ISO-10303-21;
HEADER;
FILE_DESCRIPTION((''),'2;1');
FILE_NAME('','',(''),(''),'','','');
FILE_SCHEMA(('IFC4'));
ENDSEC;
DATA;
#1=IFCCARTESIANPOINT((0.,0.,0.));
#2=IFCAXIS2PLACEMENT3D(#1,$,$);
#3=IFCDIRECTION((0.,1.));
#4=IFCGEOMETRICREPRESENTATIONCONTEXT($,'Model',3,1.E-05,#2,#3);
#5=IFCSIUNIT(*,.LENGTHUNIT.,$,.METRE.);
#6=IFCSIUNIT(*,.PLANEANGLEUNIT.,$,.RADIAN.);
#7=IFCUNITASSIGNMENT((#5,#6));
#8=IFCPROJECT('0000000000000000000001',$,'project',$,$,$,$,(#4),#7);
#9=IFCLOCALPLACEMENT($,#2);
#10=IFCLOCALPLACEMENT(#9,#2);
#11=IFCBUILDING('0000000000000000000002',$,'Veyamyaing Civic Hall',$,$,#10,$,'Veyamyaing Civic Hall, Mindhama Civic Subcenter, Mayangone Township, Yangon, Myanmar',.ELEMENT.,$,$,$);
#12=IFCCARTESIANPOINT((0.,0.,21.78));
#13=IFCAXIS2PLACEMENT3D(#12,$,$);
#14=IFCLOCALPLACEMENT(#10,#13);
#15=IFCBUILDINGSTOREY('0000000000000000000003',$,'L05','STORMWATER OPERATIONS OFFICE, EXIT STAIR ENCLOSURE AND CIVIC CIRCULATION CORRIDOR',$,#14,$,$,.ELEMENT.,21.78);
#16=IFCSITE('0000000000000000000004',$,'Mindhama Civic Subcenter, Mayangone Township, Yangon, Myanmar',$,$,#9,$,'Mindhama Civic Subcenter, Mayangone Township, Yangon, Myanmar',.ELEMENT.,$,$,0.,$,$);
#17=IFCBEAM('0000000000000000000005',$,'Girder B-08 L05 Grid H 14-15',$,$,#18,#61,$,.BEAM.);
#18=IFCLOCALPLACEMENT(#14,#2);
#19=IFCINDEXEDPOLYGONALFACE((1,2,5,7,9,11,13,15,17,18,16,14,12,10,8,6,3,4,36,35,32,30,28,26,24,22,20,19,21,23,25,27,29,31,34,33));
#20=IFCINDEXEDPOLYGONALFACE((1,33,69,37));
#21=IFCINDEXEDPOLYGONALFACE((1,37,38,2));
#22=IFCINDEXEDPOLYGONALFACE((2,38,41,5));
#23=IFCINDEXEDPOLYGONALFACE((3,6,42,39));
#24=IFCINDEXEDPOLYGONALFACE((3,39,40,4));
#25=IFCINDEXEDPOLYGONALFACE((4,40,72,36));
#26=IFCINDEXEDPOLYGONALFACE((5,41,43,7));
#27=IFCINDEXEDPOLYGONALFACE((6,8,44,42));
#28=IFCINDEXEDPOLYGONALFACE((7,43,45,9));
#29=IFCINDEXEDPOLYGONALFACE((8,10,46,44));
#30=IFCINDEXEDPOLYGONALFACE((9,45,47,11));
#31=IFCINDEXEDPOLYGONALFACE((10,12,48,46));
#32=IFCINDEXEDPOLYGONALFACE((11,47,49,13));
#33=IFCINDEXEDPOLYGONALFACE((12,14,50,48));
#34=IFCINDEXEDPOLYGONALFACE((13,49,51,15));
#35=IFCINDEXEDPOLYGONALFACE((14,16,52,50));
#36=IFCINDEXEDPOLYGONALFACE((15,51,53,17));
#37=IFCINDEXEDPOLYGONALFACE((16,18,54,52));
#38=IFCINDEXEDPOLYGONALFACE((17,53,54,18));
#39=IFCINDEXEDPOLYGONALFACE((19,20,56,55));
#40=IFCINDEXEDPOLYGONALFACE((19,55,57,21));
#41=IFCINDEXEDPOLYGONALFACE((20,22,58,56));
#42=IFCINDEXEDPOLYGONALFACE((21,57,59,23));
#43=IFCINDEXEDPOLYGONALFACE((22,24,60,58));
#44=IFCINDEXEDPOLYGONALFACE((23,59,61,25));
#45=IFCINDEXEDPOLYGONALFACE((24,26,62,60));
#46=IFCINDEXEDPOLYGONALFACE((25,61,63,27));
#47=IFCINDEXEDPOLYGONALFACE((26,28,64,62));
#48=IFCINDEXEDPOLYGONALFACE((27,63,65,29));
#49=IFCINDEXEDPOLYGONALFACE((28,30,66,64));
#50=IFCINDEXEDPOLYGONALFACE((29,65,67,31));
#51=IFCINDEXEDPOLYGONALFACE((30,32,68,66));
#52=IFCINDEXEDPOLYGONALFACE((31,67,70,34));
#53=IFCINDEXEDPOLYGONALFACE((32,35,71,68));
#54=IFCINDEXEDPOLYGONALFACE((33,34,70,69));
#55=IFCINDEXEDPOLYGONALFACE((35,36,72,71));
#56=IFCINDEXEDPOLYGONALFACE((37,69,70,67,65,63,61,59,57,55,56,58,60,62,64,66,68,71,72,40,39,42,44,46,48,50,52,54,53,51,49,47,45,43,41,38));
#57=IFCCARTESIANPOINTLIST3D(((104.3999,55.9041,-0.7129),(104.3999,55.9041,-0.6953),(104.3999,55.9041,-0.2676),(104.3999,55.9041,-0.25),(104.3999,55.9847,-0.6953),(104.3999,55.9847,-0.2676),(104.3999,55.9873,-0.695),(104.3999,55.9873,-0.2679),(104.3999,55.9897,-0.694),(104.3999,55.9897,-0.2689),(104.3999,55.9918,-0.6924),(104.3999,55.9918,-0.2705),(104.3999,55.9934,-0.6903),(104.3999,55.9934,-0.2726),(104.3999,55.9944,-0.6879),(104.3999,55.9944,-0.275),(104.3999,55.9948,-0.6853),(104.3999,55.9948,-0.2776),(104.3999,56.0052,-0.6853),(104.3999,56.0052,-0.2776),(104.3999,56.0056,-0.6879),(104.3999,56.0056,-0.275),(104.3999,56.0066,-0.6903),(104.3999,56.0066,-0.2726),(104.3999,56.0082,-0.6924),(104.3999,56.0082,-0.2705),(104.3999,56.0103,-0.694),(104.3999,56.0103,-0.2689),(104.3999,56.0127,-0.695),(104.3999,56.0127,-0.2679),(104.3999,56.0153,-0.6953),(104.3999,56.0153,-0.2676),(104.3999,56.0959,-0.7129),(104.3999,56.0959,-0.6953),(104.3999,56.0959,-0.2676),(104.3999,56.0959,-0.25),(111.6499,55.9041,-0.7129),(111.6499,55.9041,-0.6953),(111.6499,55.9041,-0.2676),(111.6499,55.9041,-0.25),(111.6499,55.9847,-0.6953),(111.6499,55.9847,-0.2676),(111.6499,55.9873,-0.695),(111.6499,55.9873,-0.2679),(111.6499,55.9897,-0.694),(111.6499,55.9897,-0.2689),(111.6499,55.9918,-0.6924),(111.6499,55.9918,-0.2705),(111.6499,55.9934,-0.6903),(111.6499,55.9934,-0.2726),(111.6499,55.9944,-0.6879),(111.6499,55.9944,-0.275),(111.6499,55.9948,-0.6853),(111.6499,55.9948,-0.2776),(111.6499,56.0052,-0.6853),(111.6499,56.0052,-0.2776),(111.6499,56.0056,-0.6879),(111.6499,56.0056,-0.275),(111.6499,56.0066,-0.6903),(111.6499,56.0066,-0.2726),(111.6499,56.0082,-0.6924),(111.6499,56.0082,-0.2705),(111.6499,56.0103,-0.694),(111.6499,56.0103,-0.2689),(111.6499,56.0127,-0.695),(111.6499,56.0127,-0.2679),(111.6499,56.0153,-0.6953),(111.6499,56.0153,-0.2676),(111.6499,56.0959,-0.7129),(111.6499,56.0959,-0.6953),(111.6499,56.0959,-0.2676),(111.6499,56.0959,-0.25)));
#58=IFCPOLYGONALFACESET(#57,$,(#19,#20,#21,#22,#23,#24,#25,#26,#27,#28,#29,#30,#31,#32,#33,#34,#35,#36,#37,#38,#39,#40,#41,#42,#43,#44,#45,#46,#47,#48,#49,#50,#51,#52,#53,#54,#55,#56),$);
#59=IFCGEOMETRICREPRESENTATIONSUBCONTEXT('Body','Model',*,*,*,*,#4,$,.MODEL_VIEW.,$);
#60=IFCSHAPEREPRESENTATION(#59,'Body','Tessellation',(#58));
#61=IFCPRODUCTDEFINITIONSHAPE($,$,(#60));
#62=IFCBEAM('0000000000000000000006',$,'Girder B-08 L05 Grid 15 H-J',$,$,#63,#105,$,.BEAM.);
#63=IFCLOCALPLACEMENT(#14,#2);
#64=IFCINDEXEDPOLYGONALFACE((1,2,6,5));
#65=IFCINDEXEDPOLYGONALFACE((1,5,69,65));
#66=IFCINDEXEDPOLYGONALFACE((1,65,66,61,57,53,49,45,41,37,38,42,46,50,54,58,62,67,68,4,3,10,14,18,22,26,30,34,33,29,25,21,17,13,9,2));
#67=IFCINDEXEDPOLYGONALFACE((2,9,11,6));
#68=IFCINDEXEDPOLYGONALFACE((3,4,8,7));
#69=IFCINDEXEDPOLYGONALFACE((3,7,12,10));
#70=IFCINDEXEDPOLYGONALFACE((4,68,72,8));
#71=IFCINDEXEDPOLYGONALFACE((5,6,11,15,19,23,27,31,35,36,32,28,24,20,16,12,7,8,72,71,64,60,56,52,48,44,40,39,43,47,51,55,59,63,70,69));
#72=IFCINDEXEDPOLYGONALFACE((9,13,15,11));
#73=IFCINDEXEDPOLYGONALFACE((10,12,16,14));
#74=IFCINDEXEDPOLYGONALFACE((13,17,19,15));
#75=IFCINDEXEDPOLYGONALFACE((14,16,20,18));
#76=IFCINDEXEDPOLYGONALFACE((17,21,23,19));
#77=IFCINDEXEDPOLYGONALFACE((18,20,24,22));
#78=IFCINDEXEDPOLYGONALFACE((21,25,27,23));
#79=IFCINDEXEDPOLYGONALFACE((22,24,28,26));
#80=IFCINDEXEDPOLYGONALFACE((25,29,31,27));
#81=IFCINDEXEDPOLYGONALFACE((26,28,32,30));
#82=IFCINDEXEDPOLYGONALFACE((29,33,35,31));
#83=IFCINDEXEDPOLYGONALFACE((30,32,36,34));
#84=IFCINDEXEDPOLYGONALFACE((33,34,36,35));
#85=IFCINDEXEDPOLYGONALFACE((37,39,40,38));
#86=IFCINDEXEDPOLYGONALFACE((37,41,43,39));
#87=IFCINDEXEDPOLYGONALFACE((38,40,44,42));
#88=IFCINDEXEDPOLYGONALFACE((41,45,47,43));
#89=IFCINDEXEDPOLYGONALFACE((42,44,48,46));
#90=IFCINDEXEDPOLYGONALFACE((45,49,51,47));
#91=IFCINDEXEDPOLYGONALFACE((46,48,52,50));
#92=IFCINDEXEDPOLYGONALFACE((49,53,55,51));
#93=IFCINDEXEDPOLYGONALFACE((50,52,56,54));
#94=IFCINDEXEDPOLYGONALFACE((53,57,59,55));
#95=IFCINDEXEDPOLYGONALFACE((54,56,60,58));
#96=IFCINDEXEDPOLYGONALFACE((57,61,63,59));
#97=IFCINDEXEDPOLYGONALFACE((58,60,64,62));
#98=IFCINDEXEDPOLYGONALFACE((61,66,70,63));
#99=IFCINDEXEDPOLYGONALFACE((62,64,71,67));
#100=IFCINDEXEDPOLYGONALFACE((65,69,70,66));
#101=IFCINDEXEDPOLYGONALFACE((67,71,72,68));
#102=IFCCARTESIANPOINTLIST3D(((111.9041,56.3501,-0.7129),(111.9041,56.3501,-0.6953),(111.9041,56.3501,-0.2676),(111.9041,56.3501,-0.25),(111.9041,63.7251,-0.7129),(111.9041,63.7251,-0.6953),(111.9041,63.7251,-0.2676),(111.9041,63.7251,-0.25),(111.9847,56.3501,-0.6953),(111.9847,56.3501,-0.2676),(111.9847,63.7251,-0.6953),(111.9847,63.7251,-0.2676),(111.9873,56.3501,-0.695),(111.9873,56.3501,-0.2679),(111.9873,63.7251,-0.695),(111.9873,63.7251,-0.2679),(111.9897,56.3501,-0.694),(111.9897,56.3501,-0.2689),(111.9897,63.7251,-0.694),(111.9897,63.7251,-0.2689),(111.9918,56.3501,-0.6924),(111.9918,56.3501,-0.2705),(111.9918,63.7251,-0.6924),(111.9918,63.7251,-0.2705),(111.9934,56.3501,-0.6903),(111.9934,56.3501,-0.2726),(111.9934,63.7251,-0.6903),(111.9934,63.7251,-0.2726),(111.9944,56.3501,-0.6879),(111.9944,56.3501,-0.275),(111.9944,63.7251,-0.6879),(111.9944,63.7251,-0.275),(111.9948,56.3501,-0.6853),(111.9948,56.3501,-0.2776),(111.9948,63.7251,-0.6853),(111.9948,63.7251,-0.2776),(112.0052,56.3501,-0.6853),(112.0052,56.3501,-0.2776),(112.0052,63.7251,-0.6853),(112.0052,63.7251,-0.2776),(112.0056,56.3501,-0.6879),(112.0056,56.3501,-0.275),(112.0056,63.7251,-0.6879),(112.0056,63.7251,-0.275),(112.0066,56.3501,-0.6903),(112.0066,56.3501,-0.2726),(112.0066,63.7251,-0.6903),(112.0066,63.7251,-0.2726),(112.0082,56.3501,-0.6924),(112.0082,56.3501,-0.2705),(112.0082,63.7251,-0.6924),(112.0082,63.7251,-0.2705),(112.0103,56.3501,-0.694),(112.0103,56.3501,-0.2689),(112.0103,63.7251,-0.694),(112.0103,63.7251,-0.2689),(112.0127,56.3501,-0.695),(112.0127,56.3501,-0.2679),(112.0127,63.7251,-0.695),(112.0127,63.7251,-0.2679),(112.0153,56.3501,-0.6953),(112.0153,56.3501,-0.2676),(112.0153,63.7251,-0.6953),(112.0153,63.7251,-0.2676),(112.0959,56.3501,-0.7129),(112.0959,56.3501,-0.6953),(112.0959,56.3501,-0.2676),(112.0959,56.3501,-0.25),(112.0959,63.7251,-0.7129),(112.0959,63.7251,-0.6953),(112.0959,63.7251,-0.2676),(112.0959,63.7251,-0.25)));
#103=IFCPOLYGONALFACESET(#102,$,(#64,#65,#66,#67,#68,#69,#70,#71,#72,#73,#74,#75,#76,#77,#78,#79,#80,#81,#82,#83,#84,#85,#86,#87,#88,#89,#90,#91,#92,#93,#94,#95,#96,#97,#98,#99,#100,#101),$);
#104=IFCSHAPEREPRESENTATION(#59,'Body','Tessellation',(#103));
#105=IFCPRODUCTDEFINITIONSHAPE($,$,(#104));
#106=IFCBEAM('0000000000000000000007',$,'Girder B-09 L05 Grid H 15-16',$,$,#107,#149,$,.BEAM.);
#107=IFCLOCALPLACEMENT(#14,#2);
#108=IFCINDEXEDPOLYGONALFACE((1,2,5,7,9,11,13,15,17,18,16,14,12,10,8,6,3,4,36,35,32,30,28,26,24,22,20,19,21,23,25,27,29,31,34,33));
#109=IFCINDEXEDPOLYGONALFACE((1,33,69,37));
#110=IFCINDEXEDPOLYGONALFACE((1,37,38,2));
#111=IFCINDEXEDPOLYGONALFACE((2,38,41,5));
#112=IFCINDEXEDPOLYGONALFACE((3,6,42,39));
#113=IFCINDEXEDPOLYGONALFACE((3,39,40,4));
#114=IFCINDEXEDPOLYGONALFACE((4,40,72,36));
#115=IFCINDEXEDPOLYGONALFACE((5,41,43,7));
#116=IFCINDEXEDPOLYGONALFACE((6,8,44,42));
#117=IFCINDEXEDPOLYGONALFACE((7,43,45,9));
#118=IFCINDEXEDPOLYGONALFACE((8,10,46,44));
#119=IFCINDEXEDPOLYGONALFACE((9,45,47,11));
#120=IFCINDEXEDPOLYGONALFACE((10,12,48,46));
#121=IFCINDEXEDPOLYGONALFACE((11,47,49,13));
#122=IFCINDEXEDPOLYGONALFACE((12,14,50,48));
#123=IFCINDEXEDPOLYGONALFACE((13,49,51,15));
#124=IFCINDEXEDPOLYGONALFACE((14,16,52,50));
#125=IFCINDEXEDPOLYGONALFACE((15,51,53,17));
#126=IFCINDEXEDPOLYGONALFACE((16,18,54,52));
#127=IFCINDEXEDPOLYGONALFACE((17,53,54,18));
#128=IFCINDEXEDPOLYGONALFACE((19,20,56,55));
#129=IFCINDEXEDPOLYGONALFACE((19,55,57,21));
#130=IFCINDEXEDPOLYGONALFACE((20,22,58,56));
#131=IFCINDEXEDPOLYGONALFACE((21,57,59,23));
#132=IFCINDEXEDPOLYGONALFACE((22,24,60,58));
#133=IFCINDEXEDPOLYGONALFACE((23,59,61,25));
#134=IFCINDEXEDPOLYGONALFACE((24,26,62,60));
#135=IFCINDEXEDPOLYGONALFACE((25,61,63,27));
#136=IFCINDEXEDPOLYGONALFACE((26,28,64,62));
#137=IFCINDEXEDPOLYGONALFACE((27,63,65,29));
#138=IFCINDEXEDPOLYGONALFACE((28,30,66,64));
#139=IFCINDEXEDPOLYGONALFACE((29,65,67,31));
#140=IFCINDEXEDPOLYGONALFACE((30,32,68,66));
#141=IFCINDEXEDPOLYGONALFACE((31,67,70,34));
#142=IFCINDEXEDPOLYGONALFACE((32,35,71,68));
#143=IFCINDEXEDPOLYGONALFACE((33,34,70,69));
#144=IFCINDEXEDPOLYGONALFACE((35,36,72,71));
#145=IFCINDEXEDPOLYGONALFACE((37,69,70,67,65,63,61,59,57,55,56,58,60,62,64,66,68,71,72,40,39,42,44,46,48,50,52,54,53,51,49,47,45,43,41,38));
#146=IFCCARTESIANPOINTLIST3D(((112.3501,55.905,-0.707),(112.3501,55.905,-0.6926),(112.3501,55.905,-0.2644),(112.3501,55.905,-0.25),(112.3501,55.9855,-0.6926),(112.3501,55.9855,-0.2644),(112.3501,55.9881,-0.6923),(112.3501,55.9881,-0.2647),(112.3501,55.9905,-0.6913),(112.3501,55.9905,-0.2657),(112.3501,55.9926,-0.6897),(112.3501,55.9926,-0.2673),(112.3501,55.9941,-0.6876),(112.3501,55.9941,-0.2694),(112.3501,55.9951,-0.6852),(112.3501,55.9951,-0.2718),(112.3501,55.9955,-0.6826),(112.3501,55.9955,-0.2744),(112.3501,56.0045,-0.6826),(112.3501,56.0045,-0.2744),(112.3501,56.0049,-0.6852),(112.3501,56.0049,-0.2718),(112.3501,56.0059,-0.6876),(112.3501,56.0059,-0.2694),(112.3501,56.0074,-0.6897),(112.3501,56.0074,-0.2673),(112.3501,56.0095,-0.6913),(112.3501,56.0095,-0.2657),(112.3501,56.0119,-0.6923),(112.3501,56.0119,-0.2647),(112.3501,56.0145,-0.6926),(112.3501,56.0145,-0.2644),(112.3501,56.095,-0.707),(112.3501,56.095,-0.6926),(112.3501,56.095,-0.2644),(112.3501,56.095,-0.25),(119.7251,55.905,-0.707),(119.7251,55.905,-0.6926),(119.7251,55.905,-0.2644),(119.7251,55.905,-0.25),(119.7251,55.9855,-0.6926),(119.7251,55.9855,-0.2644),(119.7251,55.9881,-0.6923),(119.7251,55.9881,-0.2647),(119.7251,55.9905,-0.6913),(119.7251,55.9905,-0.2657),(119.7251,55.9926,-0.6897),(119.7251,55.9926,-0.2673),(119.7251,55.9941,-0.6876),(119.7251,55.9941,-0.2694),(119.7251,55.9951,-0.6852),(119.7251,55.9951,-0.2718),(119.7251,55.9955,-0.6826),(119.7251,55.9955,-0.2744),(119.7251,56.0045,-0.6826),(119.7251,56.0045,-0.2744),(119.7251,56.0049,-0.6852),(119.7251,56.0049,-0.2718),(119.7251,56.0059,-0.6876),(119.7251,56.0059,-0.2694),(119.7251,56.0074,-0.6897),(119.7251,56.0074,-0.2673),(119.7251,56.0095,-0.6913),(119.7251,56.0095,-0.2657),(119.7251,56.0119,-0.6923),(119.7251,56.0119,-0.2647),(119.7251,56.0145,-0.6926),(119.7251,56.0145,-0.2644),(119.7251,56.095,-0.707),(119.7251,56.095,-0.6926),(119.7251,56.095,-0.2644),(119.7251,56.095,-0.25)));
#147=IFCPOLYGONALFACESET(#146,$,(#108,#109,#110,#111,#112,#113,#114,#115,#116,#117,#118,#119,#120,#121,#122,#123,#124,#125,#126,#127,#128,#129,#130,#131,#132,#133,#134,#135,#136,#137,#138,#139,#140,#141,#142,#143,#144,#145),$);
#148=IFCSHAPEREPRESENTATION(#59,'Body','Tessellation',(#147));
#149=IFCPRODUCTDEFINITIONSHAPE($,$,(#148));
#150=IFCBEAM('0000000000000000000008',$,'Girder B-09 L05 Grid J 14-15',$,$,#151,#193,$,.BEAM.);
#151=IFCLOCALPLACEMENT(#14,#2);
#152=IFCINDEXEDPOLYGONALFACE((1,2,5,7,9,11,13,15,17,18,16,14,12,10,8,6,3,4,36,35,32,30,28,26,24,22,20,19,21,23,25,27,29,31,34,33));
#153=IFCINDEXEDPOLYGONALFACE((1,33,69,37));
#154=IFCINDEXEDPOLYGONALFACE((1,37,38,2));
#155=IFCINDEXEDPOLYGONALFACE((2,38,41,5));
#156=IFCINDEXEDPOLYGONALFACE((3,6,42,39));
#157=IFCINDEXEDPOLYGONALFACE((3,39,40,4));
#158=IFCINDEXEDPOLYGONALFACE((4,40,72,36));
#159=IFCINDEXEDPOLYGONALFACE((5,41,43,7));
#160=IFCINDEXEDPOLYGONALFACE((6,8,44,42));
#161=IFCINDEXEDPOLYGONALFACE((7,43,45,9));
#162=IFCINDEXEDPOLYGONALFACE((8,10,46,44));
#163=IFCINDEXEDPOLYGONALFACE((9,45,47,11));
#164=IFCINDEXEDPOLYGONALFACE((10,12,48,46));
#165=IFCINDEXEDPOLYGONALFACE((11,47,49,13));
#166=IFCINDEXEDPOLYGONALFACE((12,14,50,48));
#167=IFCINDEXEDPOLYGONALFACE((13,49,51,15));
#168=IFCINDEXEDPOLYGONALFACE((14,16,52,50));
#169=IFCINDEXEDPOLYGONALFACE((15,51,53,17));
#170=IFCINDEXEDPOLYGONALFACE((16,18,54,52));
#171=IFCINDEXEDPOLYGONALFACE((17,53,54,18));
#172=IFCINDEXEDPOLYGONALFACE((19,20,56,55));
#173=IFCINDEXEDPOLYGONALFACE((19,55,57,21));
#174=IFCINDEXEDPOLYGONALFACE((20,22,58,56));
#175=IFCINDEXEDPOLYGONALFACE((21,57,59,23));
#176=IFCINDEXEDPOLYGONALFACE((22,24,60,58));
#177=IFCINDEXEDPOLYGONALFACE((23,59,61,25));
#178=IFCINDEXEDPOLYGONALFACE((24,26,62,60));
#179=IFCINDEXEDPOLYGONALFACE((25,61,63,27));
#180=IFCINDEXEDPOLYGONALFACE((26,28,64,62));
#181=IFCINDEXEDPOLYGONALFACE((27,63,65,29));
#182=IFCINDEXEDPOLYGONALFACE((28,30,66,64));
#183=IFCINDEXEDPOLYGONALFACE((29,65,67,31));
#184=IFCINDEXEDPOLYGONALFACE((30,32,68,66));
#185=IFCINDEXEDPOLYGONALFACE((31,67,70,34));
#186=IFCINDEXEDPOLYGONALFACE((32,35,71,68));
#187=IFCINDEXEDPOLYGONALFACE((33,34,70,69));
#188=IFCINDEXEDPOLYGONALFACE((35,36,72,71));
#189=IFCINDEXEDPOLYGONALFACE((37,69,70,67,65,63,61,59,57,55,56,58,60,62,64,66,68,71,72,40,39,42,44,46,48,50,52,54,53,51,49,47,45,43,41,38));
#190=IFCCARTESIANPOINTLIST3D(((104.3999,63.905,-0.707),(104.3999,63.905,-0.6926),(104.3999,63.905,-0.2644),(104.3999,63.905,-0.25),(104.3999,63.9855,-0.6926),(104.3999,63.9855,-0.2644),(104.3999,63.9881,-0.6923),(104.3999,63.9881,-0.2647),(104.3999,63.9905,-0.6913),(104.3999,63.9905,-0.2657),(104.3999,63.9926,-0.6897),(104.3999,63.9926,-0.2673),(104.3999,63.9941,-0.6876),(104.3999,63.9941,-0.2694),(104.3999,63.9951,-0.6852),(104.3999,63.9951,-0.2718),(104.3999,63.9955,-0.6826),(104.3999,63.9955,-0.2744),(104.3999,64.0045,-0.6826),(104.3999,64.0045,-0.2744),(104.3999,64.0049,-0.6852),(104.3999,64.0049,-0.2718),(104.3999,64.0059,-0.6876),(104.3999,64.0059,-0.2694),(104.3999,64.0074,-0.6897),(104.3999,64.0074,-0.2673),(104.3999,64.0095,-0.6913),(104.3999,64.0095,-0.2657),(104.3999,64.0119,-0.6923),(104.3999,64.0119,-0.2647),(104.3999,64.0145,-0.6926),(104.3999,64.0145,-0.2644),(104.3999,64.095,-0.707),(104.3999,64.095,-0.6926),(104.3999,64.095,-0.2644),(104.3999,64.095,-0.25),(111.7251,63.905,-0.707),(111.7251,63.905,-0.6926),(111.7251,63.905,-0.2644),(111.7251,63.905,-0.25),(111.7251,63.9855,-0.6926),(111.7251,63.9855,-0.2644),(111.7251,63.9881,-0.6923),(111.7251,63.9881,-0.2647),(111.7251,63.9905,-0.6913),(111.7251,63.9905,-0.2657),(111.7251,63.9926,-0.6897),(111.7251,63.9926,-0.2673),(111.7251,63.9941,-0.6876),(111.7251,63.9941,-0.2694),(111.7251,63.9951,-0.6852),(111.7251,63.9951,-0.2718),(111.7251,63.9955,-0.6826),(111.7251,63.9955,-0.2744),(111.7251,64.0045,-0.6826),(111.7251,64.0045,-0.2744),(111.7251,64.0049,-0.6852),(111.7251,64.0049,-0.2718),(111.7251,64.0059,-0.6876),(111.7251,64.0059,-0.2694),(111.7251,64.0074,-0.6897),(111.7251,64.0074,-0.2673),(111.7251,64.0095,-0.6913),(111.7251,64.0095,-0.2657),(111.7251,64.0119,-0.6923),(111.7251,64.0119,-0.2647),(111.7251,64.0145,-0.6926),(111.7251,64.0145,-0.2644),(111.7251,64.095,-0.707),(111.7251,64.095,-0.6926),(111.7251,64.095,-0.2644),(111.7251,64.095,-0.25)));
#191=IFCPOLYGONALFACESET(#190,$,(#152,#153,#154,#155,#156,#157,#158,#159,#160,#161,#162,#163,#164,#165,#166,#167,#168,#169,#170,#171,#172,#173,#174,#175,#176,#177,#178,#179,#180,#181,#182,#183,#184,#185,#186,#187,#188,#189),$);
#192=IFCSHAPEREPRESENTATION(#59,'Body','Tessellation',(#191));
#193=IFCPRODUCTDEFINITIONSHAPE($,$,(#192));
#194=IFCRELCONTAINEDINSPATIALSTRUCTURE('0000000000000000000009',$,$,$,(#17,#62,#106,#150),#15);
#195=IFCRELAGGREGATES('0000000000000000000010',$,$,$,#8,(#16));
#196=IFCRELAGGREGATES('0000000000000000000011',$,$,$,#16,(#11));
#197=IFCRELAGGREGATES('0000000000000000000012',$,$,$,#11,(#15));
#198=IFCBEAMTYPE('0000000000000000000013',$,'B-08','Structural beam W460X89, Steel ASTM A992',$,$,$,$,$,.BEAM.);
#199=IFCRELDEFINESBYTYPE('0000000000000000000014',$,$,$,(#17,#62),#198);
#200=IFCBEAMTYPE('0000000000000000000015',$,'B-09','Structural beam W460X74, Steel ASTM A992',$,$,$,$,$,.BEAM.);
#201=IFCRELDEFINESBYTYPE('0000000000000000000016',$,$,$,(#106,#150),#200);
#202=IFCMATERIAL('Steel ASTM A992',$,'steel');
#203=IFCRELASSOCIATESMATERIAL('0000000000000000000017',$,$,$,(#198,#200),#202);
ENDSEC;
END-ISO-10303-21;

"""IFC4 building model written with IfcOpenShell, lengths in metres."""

from ifc_helpers import new_model, si_unit, direction, frame, origin, origin_2d, place, context, subcontext, project, spatial, i_section, extrude, material, material_profile, profile_set, type_object, element, save


model = new_model("IFC4")

# Units and contexts
model_context = context("Model", 3, precision=1e-05, world=origin(), true_north=direction((0.0, 1.0)))
body_context = subcontext(model_context, "Body", "Model", "MODEL_VIEW")
ifc_project = project(units=[si_unit("LENGTHUNIT", "METRE"), si_unit("PLANEANGLEUNIT", "RADIAN")], contexts=[model_context])

# Site, building, storey
site_placement = place(None, origin())
site = spatial("IfcSite", under=ifc_project, at=site_placement, Name="Mindhama Civic Subcenter, Mayangone Township, Yangon, Myanmar", LongName="Mindhama Civic Subcenter, Mayangone Township, Yangon, Myanmar", CompositionType="ELEMENT", RefElevation=0.0)
building_placement = place(site_placement, origin())
building = spatial("IfcBuilding", under=site, at=building_placement, Name="Veyamyaing Civic Hall", LongName="Veyamyaing Civic Hall, Mindhama Civic Subcenter, Mayangone Township, Yangon, Myanmar", CompositionType="ELEMENT")
storey_placement = place(building_placement, frame((0.0, 0.0, 21.78)))
storey = spatial("IfcBuildingStorey", under=building, at=storey_placement, Name="L05", Description="STORMWATER OPERATIONS OFFICE, EXIT STAIR ENCLOSURE AND CIVIC CIRCULATION CORRIDOR", CompositionType="ELEMENT", Elevation=21.78)

# Beams
ifc_material = material(Name="Steel ASTM A992", Category="steel")
ifc_material_profile_1 = material_profile(ifc_material, i_section(OverallWidth=0.1919, OverallDepth=0.4629, WebThickness=0.0105, FlangeThickness=0.0176, FilletRadius=0.01, at=origin_2d()), Name="W460X89")
ifc_profile_set_1 = profile_set([ifc_material_profile_1], Name="Steel ASTM A992")
beam_type_1 = type_object("IfcBeamType", Name="B-08", Description="Structural beam W460X89, Steel ASTM A992", PredefinedType="BEAM", material=ifc_profile_set_1)
beam_1_placement = place(storey_placement, frame((104.3999, 56.0, -0.4814), z_axis=(1.0, 0.0, 0.0), x_axis=(0.0, 1.0, 0.0)))
element("IfcBeam", 1, at=beam_1_placement, inside=storey, type_object=beam_type_1, Name="Girder B-08 L05 Grid H 14-15", PredefinedType="BEAM", context=body_context, shape_type="SweptSolid", body=[
    extrude(i_section(OverallWidth=0.1919, OverallDepth=0.4629, WebThickness=0.0105, FlangeThickness=0.0176, FilletRadius=0.01, at=origin_2d()), origin(), (0.0, 0.0, 1.0), 7.25),
])
beam_2_placement = place(storey_placement, frame((112.0, 56.3501, -0.4814), z_axis=(0.0, 1.0, 0.0), x_axis=(-1.0, 0.0, 0.0)))
element("IfcBeam", 2, at=beam_2_placement, inside=storey, type_object=beam_type_1, Name="Girder B-08 L05 Grid 15 H-J", PredefinedType="BEAM", context=body_context, shape_type="SweptSolid", body=[
    extrude(i_section(OverallWidth=0.1919, OverallDepth=0.4629, WebThickness=0.0105, FlangeThickness=0.0176, FilletRadius=0.01, at=origin_2d()), origin(), (0.0, 0.0, 1.0), 7.375),
])
ifc_material_profile_2 = material_profile(ifc_material, i_section(OverallWidth=0.1899, OverallDepth=0.457, WebThickness=0.009, FlangeThickness=0.0144, FilletRadius=0.01, at=origin_2d()), Name="W460X74")
ifc_profile_set_2 = profile_set([ifc_material_profile_2], Name="Steel ASTM A992")
beam_type_2 = type_object("IfcBeamType", Name="B-09", Description="Structural beam W460X74, Steel ASTM A992", PredefinedType="BEAM", material=ifc_profile_set_2)
beam_3_placement = place(storey_placement, frame((112.3501, 56.0, -0.4785), z_axis=(1.0, 0.0, 0.0), x_axis=(0.0, 1.0, 0.0)))
element("IfcBeam", 3, at=beam_3_placement, inside=storey, type_object=beam_type_2, Name="Girder B-09 L05 Grid H 15-16", PredefinedType="BEAM", context=body_context, shape_type="SweptSolid", body=[
    extrude(i_section(OverallWidth=0.1899, OverallDepth=0.457, WebThickness=0.009, FlangeThickness=0.0144, FilletRadius=0.01, at=origin_2d()), origin(), (0.0, 0.0, 1.0), 7.375),
])
beam_4_placement = place(storey_placement, frame((104.3999, 64.0, -0.4785), z_axis=(1.0, 0.0, 0.0), x_axis=(0.0, 1.0, 0.0)))
element("IfcBeam", 4, at=beam_4_placement, inside=storey, type_object=beam_type_2, Name="Girder B-09 L05 Grid J 14-15", PredefinedType="BEAM", context=body_context, shape_type="SweptSolid", body=[
    extrude(i_section(OverallWidth=0.1899, OverallDepth=0.457, WebThickness=0.009, FlangeThickness=0.0144, FilletRadius=0.01, at=origin_2d()), origin(), (0.0, 0.0, 1.0), 7.3252),
])

save(model, "model.ifc")
